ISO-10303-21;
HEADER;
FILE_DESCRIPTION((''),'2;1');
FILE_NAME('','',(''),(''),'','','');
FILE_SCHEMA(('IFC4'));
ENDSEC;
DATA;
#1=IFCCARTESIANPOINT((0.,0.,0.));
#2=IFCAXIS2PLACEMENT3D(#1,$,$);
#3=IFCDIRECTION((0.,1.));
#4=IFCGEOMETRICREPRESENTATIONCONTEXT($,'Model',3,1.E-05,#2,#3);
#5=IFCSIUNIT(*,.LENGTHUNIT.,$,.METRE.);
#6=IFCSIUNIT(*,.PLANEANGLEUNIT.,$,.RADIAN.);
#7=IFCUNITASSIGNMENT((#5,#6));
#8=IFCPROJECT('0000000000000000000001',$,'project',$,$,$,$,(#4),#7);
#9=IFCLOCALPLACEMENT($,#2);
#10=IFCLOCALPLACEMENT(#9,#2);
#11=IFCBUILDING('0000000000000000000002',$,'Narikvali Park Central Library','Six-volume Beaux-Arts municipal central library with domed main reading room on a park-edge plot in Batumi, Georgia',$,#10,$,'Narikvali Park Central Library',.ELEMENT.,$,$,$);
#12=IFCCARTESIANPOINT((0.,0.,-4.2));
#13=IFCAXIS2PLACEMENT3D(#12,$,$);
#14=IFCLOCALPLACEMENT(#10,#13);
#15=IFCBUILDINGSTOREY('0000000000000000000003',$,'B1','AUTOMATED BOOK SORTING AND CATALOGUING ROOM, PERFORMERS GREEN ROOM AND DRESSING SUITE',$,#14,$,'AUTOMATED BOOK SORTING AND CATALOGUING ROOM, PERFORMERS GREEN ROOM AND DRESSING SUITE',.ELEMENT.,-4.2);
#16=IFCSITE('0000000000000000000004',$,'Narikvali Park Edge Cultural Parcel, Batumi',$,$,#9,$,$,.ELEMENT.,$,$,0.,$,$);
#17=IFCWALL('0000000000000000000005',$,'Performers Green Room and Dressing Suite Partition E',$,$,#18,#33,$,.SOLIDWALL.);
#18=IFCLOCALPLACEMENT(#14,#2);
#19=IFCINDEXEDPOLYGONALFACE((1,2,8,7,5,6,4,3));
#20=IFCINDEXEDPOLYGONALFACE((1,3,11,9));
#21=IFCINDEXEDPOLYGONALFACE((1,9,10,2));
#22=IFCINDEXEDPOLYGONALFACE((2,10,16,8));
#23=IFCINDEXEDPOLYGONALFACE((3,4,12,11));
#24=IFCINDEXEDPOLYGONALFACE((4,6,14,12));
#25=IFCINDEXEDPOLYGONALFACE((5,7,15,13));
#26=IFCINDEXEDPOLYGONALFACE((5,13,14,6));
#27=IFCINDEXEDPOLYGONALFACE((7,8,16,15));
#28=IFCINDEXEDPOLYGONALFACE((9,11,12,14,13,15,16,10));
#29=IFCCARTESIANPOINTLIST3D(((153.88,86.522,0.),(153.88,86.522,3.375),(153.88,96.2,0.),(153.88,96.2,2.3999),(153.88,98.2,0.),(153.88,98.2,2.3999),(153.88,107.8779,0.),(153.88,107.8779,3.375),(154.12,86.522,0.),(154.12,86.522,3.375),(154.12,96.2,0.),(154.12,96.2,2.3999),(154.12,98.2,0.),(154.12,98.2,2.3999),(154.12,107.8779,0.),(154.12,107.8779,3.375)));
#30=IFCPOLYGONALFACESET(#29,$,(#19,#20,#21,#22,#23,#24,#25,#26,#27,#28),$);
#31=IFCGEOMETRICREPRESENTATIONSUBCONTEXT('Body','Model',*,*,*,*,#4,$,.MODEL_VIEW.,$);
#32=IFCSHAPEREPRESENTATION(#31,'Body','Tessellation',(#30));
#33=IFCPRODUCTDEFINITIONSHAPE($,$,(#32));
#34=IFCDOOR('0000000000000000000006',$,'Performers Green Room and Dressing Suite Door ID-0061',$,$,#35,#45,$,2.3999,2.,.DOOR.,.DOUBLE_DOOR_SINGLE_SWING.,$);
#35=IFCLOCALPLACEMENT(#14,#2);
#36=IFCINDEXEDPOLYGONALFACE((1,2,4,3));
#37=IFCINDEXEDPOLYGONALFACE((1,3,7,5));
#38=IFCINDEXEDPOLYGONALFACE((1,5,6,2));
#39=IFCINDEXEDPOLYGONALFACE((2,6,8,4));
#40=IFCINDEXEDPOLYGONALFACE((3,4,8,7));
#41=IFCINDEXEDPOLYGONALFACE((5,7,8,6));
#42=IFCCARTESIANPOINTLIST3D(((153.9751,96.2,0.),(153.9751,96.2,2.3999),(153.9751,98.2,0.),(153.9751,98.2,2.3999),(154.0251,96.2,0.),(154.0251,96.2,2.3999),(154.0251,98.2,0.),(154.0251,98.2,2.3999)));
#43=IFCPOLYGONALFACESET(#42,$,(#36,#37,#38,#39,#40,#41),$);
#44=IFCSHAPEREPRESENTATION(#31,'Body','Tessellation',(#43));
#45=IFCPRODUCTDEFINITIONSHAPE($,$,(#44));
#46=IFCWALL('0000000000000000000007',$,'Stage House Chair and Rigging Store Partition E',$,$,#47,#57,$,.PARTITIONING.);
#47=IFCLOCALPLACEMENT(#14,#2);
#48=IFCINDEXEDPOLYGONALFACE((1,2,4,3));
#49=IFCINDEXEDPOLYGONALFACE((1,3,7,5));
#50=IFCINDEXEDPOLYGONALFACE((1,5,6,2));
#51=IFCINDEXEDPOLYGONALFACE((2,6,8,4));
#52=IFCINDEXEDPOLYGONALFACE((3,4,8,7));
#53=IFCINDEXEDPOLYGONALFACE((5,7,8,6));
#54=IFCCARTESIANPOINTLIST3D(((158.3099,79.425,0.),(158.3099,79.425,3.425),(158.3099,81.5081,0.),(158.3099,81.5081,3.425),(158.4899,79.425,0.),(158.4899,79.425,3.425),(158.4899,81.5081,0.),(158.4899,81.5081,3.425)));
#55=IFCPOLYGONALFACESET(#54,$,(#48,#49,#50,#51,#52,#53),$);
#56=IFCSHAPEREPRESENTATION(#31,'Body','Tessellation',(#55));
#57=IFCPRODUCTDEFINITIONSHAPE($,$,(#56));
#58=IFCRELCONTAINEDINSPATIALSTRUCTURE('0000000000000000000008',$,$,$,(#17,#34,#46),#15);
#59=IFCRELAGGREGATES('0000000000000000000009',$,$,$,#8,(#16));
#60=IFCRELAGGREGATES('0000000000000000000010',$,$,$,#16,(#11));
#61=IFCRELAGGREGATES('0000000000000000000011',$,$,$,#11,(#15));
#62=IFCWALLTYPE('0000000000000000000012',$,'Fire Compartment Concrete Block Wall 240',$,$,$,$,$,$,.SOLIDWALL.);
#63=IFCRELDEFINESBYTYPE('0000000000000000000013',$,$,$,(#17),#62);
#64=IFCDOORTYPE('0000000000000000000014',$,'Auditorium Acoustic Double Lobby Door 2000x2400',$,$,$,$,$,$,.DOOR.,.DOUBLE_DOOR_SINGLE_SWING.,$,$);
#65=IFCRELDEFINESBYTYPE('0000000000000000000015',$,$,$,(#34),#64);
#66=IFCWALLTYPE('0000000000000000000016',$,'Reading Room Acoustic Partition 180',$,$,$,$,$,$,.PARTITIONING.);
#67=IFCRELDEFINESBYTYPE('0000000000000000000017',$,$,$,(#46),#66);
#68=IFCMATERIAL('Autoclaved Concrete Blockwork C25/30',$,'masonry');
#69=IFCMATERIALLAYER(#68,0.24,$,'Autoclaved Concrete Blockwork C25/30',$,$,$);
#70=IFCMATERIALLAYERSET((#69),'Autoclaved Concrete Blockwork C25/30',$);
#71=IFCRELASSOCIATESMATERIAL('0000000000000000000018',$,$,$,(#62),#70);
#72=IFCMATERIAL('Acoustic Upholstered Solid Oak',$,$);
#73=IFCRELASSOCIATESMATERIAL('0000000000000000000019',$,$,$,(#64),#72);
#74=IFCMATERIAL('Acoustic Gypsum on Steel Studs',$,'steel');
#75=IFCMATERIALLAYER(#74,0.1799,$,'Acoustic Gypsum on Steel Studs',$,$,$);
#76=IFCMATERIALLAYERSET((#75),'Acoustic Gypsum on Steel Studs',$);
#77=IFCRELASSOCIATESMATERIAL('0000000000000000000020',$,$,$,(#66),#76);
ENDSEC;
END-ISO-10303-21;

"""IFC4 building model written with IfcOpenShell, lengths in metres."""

from ifc_helpers import new_model, si_unit, direction, frame, frame_2d, origin, place, context, subcontext, project, spatial, rectangle, extrude, material, layer, layer_set, type_object, element, fill, save


model = new_model("IFC4")

# Units and contexts
model_context = context("Model", 3, precision=1e-05, world=origin(), true_north=direction((0.0, 1.0)))
body_context = subcontext(model_context, "Body", "Model", "MODEL_VIEW")
ifc_project = project(units=[si_unit("LENGTHUNIT", "METRE"), si_unit("PLANEANGLEUNIT", "RADIAN")], contexts=[model_context])

# Site, building, storey
site_placement = place(None, origin())
site = spatial("IfcSite", under=ifc_project, at=site_placement, Name="Narikvali Park Edge Cultural Parcel, Batumi", CompositionType="ELEMENT", RefElevation=0.0)
building_placement = place(site_placement, origin())
building = spatial("IfcBuilding", under=site, at=building_placement, Name="Narikvali Park Central Library", Description="Six-volume Beaux-Arts municipal central library with domed main reading room on a park-edge plot in Batumi, Georgia", LongName="Narikvali Park Central Library", CompositionType="ELEMENT")
storey_placement = place(building_placement, frame((0.0, 0.0, -4.2)))
storey = spatial("IfcBuildingStorey", under=building, at=storey_placement, Name="B1", Description="AUTOMATED BOOK SORTING AND CATALOGUING ROOM, PERFORMERS GREEN ROOM AND DRESSING SUITE", LongName="AUTOMATED BOOK SORTING AND CATALOGUING ROOM, PERFORMERS GREEN ROOM AND DRESSING SUITE", CompositionType="ELEMENT", Elevation=-4.2)

# Shared definitions
ifc_material_1 = material(Name="Autoclaved Concrete Blockwork C25/30", Category="masonry")
ifc_layer_1 = layer(ifc_material_1, 0.24, Name="Autoclaved Concrete Blockwork C25/30")
ifc_layer_set_1 = layer_set([ifc_layer_1], Name="Autoclaved Concrete Blockwork C25/30")
wall_type_1 = type_object("IfcWallType", Name="Fire Compartment Concrete Block Wall 240", PredefinedType="SOLIDWALL", material=ifc_layer_set_1)

# Wall, opening, door
wall_1_placement = place(storey_placement, frame((154.0, 86.522, 0.0), z_axis=(0.0, 0.0, 1.0), x_axis=(0.0, 1.0, 0.0)))
wall_1 = element("IfcWall", 1, at=wall_1_placement, inside=storey, type_object=wall_type_1, Name="Performers Green Room and Dressing Suite Partition E", PredefinedType="SOLIDWALL", context=body_context, shape_type="SweptSolid", body=[
    extrude(rectangle(XDim=21.356, YDim=0.24, at=frame_2d((10.678, 0.0))), origin(), (0.0, 0.0, 1.0), 3.375),
])
opening_placement = place(wall_1_placement, frame((9.678, 0.0, 0.0)))
opening = element("IfcOpeningElement", 2, at=opening_placement, cuts=wall_1, PredefinedType="OPENING", context=body_context, shape_type="SweptSolid", body=[
    extrude(rectangle(XDim=2.0, YDim=2.3999, at=frame_2d((1.0, 1.2))), frame((0.0, 0.1318, 0.0), z_axis=(0.0, -1.0, 0.0), x_axis=(1.0, 0.0, 0.0)), (0.0, 0.0, 1.0), 0.2639),
])
ifc_material_2 = material(Name="Acoustic Upholstered Solid Oak")
door_type = type_object("IfcDoorType", Name="Auditorium Acoustic Double Lobby Door 2000x2400", OperationType="DOUBLE_DOOR_SINGLE_SWING", PredefinedType="DOOR", material=ifc_material_2)
door_placement = place(opening_placement, origin())
door = element("IfcDoor", 3, at=door_placement, inside=storey, type_object=door_type, Name="Performers Green Room and Dressing Suite Door ID-0061", OperationType="DOUBLE_DOOR_SINGLE_SWING", OverallHeight=2.3999, OverallWidth=2.0, PredefinedType="DOOR", context=body_context, shape_type="SweptSolid", body=[
    extrude(rectangle(XDim=2.0, YDim=2.3999, at=frame_2d((1.0, 1.2))), frame((0.0, 0.0249, 0.0), z_axis=(0.0, -1.0, 0.0), x_axis=(1.0, 0.0, 0.0)), (0.0, 0.0, 1.0), 0.05),
])
fill(opening, door)

# Wall
ifc_material_3 = material(Name="Acoustic Gypsum on Steel Studs", Category="steel")
ifc_layer_2 = layer(ifc_material_3, 0.1799, Name="Acoustic Gypsum on Steel Studs")
ifc_layer_set_2 = layer_set([ifc_layer_2], Name="Acoustic Gypsum on Steel Studs")
wall_type_2 = type_object("IfcWallType", Name="Reading Room Acoustic Partition 180", PredefinedType="PARTITIONING", material=ifc_layer_set_2)
wall_2_placement = place(storey_placement, frame((158.3999, 79.425, 0.0), z_axis=(0.0, 0.0, 1.0), x_axis=(0.0, 1.0, 0.0)))
element("IfcWall", 4, at=wall_2_placement, inside=storey, type_object=wall_type_2, Name="Stage House Chair and Rigging Store Partition E", PredefinedType="PARTITIONING", context=body_context, shape_type="SweptSolid", body=[
    extrude(rectangle(XDim=2.083, YDim=0.1799, at=frame_2d((1.0415, 0.0))), origin(), (0.0, 0.0, 1.0), 3.425),
])

save(model, "model.ifc")
